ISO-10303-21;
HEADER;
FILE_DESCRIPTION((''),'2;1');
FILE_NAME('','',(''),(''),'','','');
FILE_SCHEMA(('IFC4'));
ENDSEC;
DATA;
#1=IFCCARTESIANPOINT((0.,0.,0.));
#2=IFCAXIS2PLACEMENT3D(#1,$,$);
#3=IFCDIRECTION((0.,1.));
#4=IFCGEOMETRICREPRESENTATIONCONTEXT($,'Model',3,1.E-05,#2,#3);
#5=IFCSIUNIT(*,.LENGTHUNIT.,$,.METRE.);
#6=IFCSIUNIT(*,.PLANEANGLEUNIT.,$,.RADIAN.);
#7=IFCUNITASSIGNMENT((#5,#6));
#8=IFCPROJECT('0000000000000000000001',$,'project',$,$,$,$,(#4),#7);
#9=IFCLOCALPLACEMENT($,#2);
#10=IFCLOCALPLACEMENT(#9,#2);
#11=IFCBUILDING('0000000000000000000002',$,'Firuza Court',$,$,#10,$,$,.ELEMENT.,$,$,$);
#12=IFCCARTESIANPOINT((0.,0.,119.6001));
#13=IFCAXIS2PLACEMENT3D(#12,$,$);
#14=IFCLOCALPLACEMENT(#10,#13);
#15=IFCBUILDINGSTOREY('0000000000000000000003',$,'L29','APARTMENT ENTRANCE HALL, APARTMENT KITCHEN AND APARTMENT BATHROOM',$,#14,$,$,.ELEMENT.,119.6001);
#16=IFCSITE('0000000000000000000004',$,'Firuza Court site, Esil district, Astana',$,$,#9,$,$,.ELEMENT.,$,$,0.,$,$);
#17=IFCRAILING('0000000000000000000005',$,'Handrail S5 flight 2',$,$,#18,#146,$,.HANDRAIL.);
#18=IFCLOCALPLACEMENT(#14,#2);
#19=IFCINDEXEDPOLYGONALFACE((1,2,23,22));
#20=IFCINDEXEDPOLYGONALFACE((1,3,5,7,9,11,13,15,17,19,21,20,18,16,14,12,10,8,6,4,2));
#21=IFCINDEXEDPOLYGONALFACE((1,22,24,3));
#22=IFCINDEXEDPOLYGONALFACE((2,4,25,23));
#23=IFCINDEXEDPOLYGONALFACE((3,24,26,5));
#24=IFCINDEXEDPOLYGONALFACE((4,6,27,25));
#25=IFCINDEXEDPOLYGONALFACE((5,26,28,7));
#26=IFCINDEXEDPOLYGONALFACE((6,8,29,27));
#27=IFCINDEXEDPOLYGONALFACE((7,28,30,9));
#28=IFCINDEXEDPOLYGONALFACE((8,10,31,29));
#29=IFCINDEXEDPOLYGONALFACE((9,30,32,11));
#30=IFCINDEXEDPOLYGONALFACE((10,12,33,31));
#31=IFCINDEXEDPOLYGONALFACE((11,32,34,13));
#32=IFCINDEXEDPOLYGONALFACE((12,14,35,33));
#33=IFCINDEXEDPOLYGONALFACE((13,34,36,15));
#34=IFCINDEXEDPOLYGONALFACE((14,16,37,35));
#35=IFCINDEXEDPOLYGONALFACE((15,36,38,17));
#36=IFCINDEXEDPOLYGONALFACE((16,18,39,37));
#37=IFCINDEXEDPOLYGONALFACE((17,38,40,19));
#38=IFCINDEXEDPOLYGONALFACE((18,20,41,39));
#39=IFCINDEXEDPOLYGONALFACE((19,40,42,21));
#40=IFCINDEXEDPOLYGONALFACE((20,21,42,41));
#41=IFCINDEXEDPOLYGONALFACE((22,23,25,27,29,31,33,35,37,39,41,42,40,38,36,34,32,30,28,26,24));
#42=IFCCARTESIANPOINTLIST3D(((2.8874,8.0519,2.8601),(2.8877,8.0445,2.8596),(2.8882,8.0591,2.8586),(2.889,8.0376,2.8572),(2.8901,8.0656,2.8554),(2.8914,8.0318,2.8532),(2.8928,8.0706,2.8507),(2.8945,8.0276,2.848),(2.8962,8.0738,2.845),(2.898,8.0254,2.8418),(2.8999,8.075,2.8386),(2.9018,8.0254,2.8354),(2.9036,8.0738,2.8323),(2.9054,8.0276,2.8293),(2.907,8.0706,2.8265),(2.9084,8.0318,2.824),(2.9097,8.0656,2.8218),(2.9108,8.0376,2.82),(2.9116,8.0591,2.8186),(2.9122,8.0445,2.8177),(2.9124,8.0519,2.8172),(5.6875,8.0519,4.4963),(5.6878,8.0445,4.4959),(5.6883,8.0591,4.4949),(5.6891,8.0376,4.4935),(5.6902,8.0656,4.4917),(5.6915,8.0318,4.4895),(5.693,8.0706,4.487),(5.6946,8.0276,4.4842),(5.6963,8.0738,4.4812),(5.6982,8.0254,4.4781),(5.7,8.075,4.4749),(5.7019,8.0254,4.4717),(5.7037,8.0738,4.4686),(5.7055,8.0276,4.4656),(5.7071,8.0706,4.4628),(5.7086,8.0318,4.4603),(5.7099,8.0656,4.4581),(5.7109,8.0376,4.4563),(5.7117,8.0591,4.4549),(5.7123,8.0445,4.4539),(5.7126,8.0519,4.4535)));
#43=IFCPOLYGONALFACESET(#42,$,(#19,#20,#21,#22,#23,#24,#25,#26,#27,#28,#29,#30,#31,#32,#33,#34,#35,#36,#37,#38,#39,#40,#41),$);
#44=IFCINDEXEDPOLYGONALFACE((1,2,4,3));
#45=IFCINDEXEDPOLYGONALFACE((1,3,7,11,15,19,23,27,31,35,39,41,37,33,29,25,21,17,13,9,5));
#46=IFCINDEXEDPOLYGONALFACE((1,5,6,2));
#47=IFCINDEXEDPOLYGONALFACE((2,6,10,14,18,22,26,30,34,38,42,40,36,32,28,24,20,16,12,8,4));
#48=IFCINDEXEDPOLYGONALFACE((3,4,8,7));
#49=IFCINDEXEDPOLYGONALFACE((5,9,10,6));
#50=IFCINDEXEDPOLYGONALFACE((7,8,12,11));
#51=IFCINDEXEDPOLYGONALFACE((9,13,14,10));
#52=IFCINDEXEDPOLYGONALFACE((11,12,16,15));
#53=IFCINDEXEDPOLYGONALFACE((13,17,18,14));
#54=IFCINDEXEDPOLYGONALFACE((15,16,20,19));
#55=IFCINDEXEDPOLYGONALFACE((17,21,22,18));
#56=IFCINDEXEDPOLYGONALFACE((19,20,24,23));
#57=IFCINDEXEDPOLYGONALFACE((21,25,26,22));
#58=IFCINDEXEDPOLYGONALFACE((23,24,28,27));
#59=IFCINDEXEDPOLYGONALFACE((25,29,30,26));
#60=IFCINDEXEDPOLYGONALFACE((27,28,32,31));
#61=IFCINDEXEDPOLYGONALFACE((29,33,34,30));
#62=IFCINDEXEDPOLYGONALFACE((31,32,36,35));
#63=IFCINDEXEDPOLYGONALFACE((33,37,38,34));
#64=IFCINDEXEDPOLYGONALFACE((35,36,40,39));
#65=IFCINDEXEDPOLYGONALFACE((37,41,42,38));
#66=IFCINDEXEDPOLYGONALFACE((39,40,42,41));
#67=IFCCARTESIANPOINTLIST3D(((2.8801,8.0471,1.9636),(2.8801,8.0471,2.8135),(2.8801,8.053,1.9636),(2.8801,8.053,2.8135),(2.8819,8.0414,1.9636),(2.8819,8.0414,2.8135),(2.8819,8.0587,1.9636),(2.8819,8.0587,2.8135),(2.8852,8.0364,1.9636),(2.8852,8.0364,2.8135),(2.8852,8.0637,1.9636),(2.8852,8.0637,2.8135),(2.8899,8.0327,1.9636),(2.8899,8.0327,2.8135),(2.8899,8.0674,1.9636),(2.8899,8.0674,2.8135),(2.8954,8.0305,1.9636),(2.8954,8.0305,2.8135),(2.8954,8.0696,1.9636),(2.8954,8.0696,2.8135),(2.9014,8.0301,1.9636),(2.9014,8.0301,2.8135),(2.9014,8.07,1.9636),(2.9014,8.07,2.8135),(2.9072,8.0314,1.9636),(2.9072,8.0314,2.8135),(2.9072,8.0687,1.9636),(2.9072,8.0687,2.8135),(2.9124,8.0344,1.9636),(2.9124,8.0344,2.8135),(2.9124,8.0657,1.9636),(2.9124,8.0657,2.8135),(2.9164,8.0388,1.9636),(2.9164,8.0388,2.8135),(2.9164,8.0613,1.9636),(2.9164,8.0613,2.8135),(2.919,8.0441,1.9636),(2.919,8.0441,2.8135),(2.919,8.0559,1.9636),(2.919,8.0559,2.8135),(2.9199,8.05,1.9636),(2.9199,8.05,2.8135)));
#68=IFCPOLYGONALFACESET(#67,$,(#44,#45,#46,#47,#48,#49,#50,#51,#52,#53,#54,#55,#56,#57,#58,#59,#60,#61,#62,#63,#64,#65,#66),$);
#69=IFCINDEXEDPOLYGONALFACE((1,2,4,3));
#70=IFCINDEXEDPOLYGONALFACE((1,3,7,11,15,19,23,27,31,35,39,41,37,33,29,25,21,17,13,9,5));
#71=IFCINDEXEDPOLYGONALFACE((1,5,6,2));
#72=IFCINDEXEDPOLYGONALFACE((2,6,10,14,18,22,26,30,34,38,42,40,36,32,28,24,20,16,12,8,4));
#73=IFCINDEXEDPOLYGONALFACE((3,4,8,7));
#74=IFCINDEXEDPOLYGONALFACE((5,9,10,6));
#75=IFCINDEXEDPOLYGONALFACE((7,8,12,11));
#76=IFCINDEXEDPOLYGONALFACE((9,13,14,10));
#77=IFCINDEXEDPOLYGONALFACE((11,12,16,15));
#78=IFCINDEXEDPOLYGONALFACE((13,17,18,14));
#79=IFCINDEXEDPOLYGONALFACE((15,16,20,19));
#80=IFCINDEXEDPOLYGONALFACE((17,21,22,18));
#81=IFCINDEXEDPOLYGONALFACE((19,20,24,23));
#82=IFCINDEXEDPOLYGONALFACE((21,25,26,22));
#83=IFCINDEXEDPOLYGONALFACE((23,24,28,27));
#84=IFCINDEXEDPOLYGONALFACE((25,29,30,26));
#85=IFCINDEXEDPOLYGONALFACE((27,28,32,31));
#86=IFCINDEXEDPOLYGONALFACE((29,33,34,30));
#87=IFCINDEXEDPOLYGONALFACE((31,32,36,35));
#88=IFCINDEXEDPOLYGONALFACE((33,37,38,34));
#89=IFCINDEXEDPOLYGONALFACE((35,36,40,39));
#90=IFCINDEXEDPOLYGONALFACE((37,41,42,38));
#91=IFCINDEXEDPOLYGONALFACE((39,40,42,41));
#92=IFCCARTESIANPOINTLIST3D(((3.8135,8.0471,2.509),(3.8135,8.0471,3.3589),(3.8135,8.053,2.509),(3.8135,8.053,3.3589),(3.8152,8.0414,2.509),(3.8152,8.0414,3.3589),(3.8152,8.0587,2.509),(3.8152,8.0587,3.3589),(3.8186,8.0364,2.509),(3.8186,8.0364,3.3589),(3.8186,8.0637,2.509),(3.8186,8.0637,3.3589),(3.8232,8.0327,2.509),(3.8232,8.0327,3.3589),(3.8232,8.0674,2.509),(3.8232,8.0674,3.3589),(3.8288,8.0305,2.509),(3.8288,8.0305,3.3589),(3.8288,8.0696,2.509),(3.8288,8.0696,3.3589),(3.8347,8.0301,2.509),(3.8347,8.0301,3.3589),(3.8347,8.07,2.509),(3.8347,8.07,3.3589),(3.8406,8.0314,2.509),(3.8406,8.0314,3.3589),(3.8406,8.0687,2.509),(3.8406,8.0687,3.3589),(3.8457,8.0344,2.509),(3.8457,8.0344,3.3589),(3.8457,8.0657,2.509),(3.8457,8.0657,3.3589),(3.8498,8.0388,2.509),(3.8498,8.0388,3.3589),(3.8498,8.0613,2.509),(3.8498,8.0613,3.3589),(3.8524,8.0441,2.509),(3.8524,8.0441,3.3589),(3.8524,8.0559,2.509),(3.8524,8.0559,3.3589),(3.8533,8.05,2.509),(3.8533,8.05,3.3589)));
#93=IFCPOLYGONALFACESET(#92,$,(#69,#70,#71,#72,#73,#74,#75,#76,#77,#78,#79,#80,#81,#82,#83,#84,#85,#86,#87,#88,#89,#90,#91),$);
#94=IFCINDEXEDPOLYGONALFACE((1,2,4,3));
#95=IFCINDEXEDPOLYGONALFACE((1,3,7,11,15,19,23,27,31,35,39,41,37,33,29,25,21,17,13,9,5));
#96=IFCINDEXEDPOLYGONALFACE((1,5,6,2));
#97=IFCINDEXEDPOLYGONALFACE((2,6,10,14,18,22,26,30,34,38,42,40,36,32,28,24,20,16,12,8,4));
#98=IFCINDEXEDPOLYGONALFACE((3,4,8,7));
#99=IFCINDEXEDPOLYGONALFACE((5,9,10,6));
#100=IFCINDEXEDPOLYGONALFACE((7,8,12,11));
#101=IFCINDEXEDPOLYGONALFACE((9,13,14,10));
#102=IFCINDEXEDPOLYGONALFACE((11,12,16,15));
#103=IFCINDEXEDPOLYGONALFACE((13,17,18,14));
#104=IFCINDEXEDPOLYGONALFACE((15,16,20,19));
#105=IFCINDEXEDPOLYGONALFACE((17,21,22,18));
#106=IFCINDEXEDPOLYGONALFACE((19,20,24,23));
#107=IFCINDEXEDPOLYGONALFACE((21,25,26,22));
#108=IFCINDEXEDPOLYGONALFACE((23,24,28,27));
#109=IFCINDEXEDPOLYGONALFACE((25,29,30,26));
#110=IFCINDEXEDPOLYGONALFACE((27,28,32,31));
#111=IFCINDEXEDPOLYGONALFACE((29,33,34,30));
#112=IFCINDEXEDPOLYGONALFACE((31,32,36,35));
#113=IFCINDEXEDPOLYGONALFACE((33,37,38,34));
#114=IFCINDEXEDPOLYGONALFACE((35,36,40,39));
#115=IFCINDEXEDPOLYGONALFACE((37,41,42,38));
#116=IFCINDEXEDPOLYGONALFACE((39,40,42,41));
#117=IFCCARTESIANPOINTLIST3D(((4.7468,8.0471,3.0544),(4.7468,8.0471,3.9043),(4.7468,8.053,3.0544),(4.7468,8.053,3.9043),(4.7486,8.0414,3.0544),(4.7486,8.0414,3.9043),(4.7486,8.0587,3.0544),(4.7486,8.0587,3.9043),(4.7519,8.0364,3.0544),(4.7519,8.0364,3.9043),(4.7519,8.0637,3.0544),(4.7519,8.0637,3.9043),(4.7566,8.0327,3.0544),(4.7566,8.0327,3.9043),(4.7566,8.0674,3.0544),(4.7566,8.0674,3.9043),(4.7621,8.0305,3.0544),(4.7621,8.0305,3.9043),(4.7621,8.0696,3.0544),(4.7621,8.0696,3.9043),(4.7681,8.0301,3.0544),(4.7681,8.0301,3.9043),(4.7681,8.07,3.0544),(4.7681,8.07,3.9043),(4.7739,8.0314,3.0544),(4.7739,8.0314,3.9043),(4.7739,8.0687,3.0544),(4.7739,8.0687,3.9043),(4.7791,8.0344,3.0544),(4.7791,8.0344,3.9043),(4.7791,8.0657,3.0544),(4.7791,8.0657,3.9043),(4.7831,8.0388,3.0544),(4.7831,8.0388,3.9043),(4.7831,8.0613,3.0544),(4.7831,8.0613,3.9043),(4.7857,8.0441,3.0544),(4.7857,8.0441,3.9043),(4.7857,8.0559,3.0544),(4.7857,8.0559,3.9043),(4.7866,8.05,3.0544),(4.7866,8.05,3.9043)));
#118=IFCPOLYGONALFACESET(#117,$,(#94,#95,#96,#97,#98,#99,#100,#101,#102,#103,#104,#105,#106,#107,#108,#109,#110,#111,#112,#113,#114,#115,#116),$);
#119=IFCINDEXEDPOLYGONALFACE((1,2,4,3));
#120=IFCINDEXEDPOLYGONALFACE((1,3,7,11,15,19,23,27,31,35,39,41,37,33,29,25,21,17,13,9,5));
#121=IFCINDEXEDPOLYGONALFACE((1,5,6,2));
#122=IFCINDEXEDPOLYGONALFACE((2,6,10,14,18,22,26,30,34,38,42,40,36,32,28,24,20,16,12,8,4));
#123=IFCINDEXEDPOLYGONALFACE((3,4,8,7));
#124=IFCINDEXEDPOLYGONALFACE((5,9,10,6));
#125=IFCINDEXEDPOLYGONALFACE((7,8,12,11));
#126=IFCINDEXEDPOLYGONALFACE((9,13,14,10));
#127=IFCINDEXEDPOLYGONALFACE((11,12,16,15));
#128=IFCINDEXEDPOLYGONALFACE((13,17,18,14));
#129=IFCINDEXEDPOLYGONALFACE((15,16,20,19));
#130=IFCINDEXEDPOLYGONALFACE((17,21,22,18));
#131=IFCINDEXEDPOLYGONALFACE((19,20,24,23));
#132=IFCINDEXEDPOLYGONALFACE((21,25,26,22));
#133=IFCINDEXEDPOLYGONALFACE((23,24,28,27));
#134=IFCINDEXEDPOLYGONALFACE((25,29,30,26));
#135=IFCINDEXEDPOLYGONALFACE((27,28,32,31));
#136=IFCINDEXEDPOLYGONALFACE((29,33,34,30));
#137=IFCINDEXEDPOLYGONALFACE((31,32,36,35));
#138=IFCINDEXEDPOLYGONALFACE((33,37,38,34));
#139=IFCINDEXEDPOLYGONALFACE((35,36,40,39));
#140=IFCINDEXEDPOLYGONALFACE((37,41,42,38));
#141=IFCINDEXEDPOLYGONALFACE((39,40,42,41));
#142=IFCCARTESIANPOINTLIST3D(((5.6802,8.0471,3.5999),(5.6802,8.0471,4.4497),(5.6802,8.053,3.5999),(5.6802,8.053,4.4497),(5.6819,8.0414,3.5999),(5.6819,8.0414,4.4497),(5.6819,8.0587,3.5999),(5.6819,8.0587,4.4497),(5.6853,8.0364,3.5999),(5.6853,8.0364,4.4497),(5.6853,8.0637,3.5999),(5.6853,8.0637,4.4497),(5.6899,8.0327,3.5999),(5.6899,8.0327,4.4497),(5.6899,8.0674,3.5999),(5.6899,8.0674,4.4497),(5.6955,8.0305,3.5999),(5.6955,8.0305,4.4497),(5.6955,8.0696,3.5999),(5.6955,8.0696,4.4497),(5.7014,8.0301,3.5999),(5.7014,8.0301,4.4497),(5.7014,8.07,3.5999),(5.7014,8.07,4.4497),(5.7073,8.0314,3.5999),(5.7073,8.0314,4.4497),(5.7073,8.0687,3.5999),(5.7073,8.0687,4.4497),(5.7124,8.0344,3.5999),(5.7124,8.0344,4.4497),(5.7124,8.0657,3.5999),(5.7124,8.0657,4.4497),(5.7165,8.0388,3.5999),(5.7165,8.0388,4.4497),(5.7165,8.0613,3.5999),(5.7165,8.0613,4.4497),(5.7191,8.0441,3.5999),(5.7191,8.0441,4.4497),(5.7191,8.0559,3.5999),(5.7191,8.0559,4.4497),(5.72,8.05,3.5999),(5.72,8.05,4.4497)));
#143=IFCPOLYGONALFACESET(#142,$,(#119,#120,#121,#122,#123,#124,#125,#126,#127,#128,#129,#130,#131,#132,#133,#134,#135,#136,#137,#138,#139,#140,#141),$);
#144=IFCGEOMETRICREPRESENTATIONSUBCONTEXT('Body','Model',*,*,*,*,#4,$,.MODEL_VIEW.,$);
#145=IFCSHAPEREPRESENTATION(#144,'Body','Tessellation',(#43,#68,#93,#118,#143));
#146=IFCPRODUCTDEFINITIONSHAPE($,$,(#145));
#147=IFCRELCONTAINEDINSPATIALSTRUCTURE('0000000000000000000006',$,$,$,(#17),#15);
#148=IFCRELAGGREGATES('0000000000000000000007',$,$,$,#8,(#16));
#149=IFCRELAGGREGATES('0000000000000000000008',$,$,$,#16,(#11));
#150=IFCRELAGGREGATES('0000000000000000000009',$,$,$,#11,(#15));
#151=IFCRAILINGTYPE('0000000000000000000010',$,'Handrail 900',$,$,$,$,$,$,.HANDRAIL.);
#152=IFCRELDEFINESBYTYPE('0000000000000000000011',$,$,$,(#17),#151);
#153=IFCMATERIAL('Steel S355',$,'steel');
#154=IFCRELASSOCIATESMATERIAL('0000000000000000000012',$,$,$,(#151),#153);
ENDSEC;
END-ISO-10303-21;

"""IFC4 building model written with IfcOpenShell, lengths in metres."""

from ifc_helpers import new_model, si_unit, direction, frame, origin, origin_2d, place, context, subcontext, project, spatial, circle, extrude, material, type_object, element, save


model = new_model("IFC4")

# Units and contexts
model_context = context("Model", 3, precision=1e-05, world=origin(), true_north=direction((0.0, 1.0)))
body_context = subcontext(model_context, "Body", "Model", "MODEL_VIEW")
ifc_project = project(units=[si_unit("LENGTHUNIT", "METRE"), si_unit("PLANEANGLEUNIT", "RADIAN")], contexts=[model_context])

# Site, building, storey
site_placement = place(None, origin())
site = spatial("IfcSite", under=ifc_project, at=site_placement, Name="Firuza Court site, Esil district, Astana", CompositionType="ELEMENT", RefElevation=0.0)
building_placement = place(site_placement, origin())
building = spatial("IfcBuilding", under=site, at=building_placement, Name="Firuza Court", CompositionType="ELEMENT")
storey_placement = place(building_placement, frame((0.0, 0.0, 119.6001)))
storey = spatial("IfcBuildingStorey", under=building, at=storey_placement, Name="L29", Description="APARTMENT ENTRANCE HALL, APARTMENT KITCHEN AND APARTMENT BATHROOM", CompositionType="ELEMENT", Elevation=119.6001)

# Railing
ifc_material_1 = material(Name="Steel S355", Category="steel")
railing_type_1 = type_object("IfcRailingType", Name="Handrail 900", PredefinedType="HANDRAIL", material=ifc_material_1)
railing_1_placement = place(storey_placement, frame((2.8999, 8.05, 1.9636)))
element("IfcRailing", 1, at=railing_1_placement, inside=storey, type_object=railing_type_1, Name="Handrail S5 flight 2", PredefinedType="HANDRAIL", context=body_context, shape_type="SweptSolid", body=[
    extrude(circle(Radius=0.0249, at=origin_2d()), frame((0.0, 0.0, 0.875), z_axis=(0.863394, 0.0, 0.504531), x_axis=(0.0, 1.0, 0.0)), (0.0, 0.0, 1.0), 3.2432),
    extrude(circle(Radius=0.02, at=origin_2d()), origin(), (0.0, 0.0, 1.0), 0.8499),
    extrude(circle(Radius=0.02, at=origin_2d()), frame((0.9333, 0.0, 0.5454)), (0.0, 0.0, 1.0), 0.8499),
    extrude(circle(Radius=0.02, at=origin_2d()), frame((1.8667, 0.0, 1.0908)), (0.0, 0.0, 1.0), 0.8499),
    extrude(circle(Radius=0.02, at=origin_2d()), frame((2.8, 0.0, 1.6362)), (0.0, 0.0, 1.0), 0.8499),
])

save(model, "model.ifc")
